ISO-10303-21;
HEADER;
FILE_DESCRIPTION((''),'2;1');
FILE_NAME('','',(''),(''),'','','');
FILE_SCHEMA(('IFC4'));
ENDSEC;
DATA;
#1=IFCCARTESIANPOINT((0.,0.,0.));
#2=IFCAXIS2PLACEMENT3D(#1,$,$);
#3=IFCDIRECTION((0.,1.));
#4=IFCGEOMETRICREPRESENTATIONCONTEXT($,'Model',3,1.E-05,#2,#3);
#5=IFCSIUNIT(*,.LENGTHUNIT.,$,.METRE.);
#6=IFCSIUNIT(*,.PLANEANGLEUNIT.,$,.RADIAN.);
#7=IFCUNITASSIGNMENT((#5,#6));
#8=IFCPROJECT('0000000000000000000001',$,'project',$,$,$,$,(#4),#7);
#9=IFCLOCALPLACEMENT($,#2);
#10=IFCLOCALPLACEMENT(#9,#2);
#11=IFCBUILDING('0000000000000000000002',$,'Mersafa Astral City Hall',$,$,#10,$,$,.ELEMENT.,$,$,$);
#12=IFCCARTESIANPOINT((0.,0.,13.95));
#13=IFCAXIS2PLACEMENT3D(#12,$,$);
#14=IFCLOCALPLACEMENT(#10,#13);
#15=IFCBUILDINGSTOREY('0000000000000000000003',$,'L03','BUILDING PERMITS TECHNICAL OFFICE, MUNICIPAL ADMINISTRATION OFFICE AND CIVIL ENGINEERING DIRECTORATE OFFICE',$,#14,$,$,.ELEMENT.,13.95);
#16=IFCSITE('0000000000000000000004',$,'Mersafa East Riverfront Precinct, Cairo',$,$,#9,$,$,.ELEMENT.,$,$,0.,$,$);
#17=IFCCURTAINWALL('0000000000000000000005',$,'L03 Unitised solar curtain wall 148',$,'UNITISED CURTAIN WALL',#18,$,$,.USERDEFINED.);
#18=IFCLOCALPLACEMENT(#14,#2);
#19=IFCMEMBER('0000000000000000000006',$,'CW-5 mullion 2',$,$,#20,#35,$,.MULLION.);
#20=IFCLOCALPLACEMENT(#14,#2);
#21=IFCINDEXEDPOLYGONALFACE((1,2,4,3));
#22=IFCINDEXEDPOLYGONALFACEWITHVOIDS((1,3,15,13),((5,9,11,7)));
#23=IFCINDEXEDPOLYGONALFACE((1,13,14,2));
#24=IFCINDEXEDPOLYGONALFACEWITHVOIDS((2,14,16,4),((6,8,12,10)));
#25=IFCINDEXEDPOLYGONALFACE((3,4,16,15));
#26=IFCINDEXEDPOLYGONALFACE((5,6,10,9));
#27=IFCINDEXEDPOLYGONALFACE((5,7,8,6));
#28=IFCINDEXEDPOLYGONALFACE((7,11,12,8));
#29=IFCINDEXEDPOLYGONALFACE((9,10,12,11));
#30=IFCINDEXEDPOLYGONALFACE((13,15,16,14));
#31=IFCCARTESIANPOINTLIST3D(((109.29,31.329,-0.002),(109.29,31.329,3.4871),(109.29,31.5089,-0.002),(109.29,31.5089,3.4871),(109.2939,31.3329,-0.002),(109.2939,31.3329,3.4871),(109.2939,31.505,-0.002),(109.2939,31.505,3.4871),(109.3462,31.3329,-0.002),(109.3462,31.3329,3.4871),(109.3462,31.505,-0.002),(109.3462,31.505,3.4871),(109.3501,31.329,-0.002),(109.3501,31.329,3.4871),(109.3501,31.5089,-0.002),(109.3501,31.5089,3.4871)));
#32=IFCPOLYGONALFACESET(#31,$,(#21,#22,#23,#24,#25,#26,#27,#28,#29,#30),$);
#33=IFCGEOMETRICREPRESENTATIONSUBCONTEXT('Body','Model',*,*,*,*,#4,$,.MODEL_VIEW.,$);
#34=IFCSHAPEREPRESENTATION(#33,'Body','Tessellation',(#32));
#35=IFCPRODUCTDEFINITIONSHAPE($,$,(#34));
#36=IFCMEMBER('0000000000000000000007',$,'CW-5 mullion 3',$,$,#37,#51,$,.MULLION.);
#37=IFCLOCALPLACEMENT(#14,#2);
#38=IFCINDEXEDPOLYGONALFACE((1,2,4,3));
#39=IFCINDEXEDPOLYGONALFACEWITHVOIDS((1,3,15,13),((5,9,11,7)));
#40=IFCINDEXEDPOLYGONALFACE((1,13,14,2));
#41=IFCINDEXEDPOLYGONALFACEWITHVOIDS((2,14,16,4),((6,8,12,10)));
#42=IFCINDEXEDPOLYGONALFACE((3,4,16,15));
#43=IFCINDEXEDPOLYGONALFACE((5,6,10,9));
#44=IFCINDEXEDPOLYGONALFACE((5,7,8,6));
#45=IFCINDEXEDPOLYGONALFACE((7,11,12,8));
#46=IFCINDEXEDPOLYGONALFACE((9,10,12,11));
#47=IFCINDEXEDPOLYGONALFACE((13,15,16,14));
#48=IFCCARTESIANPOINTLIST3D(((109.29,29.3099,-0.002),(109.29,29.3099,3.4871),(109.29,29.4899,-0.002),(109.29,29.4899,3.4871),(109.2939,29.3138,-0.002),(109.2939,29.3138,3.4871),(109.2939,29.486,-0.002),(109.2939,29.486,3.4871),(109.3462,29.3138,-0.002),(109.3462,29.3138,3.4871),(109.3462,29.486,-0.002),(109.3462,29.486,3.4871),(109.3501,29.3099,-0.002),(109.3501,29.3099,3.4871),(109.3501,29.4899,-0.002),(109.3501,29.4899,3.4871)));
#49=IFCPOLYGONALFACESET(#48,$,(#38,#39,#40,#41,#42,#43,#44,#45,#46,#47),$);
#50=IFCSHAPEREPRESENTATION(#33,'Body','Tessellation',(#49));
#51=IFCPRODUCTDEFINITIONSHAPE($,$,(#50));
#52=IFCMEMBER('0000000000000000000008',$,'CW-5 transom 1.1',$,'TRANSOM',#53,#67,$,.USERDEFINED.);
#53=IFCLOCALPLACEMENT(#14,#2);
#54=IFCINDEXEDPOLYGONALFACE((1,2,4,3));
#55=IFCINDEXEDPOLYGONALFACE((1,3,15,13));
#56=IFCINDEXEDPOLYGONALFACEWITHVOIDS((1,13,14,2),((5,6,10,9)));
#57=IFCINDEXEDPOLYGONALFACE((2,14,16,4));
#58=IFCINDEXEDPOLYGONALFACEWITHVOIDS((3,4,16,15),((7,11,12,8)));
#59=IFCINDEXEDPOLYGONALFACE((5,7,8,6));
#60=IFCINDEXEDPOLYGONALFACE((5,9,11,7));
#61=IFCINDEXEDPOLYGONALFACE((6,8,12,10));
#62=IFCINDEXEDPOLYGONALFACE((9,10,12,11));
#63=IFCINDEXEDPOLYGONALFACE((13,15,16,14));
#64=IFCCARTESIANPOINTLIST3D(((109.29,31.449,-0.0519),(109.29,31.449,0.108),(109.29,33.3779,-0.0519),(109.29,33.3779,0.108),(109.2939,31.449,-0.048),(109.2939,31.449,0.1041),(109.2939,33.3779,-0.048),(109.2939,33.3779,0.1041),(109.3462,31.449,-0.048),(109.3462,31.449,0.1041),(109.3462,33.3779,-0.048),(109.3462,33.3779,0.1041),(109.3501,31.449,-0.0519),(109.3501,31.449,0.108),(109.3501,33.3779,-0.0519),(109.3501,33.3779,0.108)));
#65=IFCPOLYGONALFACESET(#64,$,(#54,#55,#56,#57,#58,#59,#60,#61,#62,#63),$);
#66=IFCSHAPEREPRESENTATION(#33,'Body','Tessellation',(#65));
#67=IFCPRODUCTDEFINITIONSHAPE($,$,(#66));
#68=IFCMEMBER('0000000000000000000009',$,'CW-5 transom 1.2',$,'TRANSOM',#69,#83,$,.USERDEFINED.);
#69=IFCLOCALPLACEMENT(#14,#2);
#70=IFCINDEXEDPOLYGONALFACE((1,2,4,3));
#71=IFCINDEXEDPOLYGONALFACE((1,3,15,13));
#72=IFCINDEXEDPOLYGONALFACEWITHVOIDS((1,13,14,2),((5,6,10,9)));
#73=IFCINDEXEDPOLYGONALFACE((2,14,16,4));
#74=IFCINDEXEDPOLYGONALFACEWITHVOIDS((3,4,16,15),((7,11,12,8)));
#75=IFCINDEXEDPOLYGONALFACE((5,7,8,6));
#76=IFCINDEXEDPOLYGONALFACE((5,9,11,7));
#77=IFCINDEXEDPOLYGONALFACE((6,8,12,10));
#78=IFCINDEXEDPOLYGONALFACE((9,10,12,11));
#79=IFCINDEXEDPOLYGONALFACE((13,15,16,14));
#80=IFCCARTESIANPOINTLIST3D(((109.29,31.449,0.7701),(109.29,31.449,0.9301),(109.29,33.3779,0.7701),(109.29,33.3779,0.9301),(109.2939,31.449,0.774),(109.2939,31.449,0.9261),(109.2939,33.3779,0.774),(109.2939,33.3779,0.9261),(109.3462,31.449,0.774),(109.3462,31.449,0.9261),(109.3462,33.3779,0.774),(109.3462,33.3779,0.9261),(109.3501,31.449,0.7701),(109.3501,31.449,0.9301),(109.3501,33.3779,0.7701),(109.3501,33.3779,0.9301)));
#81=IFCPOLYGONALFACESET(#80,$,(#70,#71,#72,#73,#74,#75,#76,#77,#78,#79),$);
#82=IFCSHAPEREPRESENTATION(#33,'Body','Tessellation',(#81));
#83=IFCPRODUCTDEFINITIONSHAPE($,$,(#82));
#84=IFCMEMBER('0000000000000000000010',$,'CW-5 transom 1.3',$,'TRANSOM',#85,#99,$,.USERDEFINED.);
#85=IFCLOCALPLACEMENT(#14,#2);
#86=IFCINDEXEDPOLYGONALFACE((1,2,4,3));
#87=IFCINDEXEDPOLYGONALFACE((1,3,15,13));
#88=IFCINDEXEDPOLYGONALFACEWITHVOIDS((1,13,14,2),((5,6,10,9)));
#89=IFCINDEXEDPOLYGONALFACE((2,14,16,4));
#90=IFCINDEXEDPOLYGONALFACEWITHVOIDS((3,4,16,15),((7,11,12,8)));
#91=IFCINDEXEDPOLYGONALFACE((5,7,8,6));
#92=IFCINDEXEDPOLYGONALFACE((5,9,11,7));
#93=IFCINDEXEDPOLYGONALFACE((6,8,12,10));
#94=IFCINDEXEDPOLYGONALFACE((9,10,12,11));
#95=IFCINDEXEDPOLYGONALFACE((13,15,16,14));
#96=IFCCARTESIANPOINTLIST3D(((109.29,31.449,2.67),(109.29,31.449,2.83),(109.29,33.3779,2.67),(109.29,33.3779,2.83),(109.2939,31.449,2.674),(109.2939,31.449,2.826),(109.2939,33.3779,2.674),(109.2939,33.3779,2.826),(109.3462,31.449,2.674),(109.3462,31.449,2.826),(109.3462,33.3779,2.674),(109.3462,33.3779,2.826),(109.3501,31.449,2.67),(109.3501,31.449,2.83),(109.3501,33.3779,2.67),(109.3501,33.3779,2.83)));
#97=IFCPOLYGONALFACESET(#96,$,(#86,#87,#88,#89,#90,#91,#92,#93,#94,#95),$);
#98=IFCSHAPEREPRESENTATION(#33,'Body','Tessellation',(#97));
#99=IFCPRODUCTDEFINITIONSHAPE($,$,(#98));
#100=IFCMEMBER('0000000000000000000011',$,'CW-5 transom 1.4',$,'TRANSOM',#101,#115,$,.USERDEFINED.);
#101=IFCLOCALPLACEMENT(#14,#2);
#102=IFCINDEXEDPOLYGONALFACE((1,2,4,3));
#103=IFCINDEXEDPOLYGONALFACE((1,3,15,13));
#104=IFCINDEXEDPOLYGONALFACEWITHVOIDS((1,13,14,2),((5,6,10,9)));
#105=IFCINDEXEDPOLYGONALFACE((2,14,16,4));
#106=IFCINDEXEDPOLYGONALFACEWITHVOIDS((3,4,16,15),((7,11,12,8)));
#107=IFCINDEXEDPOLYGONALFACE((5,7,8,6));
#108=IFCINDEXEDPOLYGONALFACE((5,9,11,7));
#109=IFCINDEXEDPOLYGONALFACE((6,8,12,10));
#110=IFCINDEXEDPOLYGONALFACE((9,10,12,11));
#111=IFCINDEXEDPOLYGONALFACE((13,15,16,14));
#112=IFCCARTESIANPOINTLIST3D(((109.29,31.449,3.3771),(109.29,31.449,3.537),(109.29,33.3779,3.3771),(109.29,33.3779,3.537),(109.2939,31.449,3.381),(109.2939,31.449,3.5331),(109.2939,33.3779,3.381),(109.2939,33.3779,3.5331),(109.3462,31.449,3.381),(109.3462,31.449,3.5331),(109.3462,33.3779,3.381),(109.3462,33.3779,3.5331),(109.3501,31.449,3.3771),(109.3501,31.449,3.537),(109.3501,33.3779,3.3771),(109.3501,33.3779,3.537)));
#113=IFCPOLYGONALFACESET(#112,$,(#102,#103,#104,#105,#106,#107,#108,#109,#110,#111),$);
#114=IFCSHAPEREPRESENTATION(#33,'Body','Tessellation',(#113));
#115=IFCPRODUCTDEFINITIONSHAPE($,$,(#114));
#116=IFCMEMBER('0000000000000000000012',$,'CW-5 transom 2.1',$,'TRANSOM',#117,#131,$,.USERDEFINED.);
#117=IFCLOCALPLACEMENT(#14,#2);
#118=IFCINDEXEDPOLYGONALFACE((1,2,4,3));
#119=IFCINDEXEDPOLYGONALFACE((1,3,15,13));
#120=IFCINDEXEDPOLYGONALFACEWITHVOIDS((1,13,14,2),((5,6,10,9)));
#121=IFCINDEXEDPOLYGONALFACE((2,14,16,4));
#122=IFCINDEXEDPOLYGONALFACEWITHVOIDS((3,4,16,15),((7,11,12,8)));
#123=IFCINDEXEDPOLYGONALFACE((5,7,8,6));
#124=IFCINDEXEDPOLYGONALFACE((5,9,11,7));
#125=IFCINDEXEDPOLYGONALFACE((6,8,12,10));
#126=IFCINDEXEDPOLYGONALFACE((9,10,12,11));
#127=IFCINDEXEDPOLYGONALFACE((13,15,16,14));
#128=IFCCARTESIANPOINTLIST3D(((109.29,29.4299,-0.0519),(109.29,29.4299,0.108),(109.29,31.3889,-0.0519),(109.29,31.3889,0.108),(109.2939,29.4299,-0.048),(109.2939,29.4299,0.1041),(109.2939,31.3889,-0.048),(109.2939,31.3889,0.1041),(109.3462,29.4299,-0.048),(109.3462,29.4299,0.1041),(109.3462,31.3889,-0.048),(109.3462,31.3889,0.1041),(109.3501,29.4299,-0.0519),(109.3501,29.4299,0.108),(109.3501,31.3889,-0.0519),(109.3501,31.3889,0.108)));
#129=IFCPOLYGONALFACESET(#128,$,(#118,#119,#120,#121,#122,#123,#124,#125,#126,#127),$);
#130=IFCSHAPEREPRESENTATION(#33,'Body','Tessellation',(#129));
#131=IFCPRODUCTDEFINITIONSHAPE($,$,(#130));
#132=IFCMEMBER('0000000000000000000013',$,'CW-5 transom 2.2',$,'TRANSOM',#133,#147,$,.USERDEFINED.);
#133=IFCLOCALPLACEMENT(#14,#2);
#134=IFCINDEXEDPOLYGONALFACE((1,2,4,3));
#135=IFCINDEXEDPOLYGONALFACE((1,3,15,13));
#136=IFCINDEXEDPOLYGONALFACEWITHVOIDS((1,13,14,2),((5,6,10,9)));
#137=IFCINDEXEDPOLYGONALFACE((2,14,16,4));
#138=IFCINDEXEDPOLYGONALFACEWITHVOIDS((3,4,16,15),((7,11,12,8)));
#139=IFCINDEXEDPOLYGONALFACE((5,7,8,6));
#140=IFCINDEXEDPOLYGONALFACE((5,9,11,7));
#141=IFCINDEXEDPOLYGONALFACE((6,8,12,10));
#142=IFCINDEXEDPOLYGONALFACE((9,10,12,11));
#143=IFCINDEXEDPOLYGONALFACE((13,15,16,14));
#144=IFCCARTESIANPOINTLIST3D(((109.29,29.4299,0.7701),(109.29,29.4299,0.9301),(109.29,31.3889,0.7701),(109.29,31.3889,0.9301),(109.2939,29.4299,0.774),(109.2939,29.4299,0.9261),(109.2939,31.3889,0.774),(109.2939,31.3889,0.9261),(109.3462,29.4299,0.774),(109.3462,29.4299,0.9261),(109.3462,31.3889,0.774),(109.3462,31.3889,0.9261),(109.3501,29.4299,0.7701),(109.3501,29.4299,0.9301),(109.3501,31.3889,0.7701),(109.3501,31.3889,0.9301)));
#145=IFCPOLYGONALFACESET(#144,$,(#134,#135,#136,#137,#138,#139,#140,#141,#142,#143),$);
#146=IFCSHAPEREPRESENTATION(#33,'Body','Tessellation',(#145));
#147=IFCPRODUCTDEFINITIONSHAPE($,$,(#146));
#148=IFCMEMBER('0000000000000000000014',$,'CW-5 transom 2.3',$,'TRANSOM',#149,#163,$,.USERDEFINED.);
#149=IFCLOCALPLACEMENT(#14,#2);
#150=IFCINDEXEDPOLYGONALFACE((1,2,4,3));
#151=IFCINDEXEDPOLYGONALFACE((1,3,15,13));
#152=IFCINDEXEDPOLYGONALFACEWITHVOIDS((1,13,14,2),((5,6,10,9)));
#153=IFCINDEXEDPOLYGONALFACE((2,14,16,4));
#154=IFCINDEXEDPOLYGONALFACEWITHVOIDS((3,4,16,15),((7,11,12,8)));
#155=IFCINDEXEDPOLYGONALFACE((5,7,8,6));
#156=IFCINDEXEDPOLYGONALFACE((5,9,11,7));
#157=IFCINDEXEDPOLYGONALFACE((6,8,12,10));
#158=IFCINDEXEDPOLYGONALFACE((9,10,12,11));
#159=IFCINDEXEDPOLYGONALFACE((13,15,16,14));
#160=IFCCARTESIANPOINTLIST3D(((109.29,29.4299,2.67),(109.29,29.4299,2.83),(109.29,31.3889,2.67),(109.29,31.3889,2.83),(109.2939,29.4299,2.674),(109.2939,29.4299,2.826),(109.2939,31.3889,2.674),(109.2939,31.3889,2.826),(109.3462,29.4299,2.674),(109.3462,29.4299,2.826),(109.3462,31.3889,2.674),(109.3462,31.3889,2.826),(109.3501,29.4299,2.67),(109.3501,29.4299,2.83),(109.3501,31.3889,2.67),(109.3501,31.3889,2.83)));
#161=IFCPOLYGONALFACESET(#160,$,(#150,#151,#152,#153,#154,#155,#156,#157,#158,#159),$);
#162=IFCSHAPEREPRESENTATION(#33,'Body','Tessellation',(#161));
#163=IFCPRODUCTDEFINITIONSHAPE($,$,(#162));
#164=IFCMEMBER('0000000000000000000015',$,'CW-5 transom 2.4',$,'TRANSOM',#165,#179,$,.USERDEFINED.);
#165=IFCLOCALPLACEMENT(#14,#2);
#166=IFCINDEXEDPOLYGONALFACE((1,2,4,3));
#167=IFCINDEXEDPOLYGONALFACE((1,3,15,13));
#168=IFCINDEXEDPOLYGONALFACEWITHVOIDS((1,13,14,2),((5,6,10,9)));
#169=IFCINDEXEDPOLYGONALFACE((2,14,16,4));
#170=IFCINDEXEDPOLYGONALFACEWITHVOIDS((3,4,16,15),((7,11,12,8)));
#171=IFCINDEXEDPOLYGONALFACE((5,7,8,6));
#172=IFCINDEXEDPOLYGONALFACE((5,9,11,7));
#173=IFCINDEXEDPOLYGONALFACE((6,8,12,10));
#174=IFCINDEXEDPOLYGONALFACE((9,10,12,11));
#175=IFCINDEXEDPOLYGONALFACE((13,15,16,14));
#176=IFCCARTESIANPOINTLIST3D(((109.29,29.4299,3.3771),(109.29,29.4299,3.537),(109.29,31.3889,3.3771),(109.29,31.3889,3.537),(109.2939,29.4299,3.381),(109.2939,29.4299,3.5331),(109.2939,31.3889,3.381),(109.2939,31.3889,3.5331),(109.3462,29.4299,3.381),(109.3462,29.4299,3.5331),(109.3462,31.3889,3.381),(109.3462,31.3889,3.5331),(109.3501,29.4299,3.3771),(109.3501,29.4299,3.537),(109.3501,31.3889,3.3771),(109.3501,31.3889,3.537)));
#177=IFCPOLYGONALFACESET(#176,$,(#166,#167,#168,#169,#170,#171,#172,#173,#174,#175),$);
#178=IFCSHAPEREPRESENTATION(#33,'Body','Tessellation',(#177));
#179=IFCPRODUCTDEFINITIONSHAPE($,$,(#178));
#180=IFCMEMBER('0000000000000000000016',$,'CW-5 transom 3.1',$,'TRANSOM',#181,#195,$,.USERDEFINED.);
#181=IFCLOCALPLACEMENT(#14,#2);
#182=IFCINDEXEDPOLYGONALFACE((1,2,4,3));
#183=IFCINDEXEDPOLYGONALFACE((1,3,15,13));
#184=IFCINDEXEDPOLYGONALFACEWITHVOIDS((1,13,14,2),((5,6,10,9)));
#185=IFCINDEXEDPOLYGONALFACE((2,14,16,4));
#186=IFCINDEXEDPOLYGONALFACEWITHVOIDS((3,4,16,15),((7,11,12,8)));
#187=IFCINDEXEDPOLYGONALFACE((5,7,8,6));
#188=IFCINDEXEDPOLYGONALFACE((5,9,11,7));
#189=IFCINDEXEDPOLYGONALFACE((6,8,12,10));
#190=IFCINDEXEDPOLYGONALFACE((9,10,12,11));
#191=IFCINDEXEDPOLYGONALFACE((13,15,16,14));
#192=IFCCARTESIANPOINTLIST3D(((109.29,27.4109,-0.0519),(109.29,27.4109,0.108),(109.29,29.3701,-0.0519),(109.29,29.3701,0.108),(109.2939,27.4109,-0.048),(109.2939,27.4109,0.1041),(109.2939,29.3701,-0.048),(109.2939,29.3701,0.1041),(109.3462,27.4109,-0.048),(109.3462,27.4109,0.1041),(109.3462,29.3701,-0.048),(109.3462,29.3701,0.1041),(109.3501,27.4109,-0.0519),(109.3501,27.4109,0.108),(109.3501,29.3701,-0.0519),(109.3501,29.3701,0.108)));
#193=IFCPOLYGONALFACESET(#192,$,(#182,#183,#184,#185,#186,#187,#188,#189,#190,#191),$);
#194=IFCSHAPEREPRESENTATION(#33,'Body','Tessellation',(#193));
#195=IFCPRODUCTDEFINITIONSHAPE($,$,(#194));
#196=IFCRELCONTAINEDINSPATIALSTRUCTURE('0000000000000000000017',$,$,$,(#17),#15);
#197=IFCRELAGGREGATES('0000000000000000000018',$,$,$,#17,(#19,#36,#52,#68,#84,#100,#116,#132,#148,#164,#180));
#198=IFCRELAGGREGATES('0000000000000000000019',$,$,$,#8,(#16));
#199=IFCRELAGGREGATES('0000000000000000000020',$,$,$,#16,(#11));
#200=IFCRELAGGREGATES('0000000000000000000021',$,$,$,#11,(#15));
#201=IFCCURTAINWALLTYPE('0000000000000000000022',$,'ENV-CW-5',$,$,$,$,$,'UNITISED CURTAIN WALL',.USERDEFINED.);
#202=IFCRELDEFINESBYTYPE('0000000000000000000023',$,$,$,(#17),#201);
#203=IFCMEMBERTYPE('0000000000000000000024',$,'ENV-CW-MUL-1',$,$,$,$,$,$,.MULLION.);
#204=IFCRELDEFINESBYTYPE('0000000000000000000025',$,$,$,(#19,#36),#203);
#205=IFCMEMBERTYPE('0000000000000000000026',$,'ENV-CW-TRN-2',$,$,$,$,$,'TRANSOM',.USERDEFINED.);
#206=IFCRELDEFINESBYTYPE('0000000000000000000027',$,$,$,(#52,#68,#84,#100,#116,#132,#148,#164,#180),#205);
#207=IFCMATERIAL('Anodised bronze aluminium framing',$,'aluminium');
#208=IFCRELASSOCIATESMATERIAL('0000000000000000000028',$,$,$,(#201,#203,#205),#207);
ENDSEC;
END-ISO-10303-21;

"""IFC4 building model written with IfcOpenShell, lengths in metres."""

from ifc_helpers import new_model, si_unit, direction, frame, origin, origin_2d, place, context, subcontext, project, spatial, hollow_rectangle, extrude, material, material_profile, profile_set, type_object, element, aggregate, save


model = new_model("IFC4")

# Units and contexts
model_context = context("Model", 3, precision=1e-05, world=origin(), true_north=direction((0.0, 1.0)))
body_context = subcontext(model_context, "Body", "Model", "MODEL_VIEW")
ifc_project = project(units=[si_unit("LENGTHUNIT", "METRE"), si_unit("PLANEANGLEUNIT", "RADIAN")], contexts=[model_context])

# Site, building, storey
site_placement = place(None, origin())
site = spatial("IfcSite", under=ifc_project, at=site_placement, Name="Mersafa East Riverfront Precinct, Cairo", CompositionType="ELEMENT", RefElevation=0.0)
building_placement = place(site_placement, origin())
building = spatial("IfcBuilding", under=site, at=building_placement, Name="Mersafa Astral City Hall", CompositionType="ELEMENT")
storey_placement = place(building_placement, frame((0.0, 0.0, 13.95)))
storey = spatial("IfcBuildingStorey", under=building, at=storey_placement, Name="L03", Description="BUILDING PERMITS TECHNICAL OFFICE, MUNICIPAL ADMINISTRATION OFFICE AND CIVIL ENGINEERING DIRECTORATE OFFICE", CompositionType="ELEMENT", Elevation=13.95)

# Curtain wall, members
ifc_material_1 = material(Name="Anodised bronze aluminium framing", Category="aluminium")
curtain_wall_type = type_object("IfcCurtainWallType", Name="ENV-CW-5", ElementType="UNITISED CURTAIN WALL", PredefinedType="USERDEFINED", material=ifc_material_1)
curtain_wall_placement = place(storey_placement, origin())
curtain_wall = element("IfcCurtainWall", 1, at=curtain_wall_placement, inside=storey, type_object=curtain_wall_type, Name="L03 Unitised solar curtain wall 148", ObjectType="UNITISED CURTAIN WALL", PredefinedType="USERDEFINED")
ifc_material_profile_1 = material_profile(ifc_material_1, hollow_rectangle(XDim=0.0601, YDim=0.1799, WallThickness=0.0039, at=origin_2d()), Name="RHS 60x180x4")
ifc_profile_set_1 = profile_set([ifc_material_profile_1], Name="Anodised bronze aluminium framing")
member_type_1 = type_object("IfcMemberType", Name="ENV-CW-MUL-1", PredefinedType="MULLION", material=ifc_profile_set_1)
member_1_placement = place(storey_placement, frame((109.3201, 31.4189, -0.002), z_axis=(0.0, 0.0, 1.0), x_axis=(1.0, 0.0, 0.0)))
member_1 = element("IfcMember", 2, at=member_1_placement, type_object=member_type_1, Name="CW-5 mullion 2", PredefinedType="MULLION", context=body_context, shape_type="SweptSolid", body=[
    extrude(hollow_rectangle(XDim=0.0601, YDim=0.1799, WallThickness=0.0039, at=origin_2d()), origin(), (0.0, 0.0, 1.0), 3.489),
])
member_2_placement = place(storey_placement, frame((109.3201, 29.3999, -0.002), z_axis=(0.0, 0.0, 1.0), x_axis=(1.0, 0.0, 0.0)))
member_2 = element("IfcMember", 3, at=member_2_placement, type_object=member_type_1, Name="CW-5 mullion 3", PredefinedType="MULLION", context=body_context, shape_type="SweptSolid", body=[
    extrude(hollow_rectangle(XDim=0.0601, YDim=0.1799, WallThickness=0.0039, at=origin_2d()), origin(), (0.0, 0.0, 1.0), 3.489),
])
ifc_material_profile_2 = material_profile(ifc_material_1, hollow_rectangle(XDim=0.0601, YDim=0.1599, WallThickness=0.0039, at=origin_2d()), Name="RHS 60x160x4")
ifc_profile_set_2 = profile_set([ifc_material_profile_2], Name="Anodised bronze aluminium framing")
member_type_2 = type_object("IfcMemberType", Name="ENV-CW-TRN-2", ElementType="TRANSOM", PredefinedType="USERDEFINED", material=ifc_profile_set_2)
member_3_placement = place(storey_placement, frame((109.3201, 33.3779, 0.0281), z_axis=(0.0, -1.0, 0.0), x_axis=(1.0, 0.0, 0.0)))
member_3 = element("IfcMember", 4, at=member_3_placement, type_object=member_type_2, Name="CW-5 transom 1.1", ObjectType="TRANSOM", PredefinedType="USERDEFINED", context=body_context, shape_type="SweptSolid", body=[
    extrude(hollow_rectangle(XDim=0.0601, YDim=0.1599, WallThickness=0.0039, at=origin_2d()), origin(), (0.0, 0.0, 1.0), 1.929),
])
member_4_placement = place(storey_placement, frame((109.3201, 33.3779, 0.8501), z_axis=(0.0, -1.0, 0.0), x_axis=(1.0, 0.0, 0.0)))
member_4 = element("IfcMember", 5, at=member_4_placement, type_object=member_type_2, Name="CW-5 transom 1.2", ObjectType="TRANSOM", PredefinedType="USERDEFINED", context=body_context, shape_type="SweptSolid", body=[
    extrude(hollow_rectangle(XDim=0.0601, YDim=0.1599, WallThickness=0.0039, at=origin_2d()), origin(), (0.0, 0.0, 1.0), 1.929),
])
member_5_placement = place(storey_placement, frame((109.3201, 33.3779, 2.75), z_axis=(0.0, -1.0, 0.0), x_axis=(1.0, 0.0, 0.0)))
member_5 = element("IfcMember", 6, at=member_5_placement, type_object=member_type_2, Name="CW-5 transom 1.3", ObjectType="TRANSOM", PredefinedType="USERDEFINED", context=body_context, shape_type="SweptSolid", body=[
    extrude(hollow_rectangle(XDim=0.0601, YDim=0.1599, WallThickness=0.0039, at=origin_2d()), origin(), (0.0, 0.0, 1.0), 1.929),
])
member_6_placement = place(storey_placement, frame((109.3201, 33.3779, 3.457), z_axis=(0.0, -1.0, 0.0), x_axis=(1.0, 0.0, 0.0)))
member_6 = element("IfcMember", 7, at=member_6_placement, type_object=member_type_2, Name="CW-5 transom 1.4", ObjectType="TRANSOM", PredefinedType="USERDEFINED", context=body_context, shape_type="SweptSolid", body=[
    extrude(hollow_rectangle(XDim=0.0601, YDim=0.1599, WallThickness=0.0039, at=origin_2d()), origin(), (0.0, 0.0, 1.0), 1.929),
])
member_7_placement = place(storey_placement, frame((109.3201, 31.3889, 0.0281), z_axis=(0.0, -1.0, 0.0), x_axis=(1.0, 0.0, 0.0)))
member_7 = element("IfcMember", 8, at=member_7_placement, type_object=member_type_2, Name="CW-5 transom 2.1", ObjectType="TRANSOM", PredefinedType="USERDEFINED", context=body_context, shape_type="SweptSolid", body=[
    extrude(hollow_rectangle(XDim=0.0601, YDim=0.1599, WallThickness=0.0039, at=origin_2d()), origin(), (0.0, 0.0, 1.0), 1.959),
])
member_8_placement = place(storey_placement, frame((109.3201, 31.3889, 0.8501), z_axis=(0.0, -1.0, 0.0), x_axis=(1.0, 0.0, 0.0)))
member_8 = element("IfcMember", 9, at=member_8_placement, type_object=member_type_2, Name="CW-5 transom 2.2", ObjectType="TRANSOM", PredefinedType="USERDEFINED", context=body_context, shape_type="SweptSolid", body=[
    extrude(hollow_rectangle(XDim=0.0601, YDim=0.1599, WallThickness=0.0039, at=origin_2d()), origin(), (0.0, 0.0, 1.0), 1.959),
])
member_9_placement = place(storey_placement, frame((109.3201, 31.3889, 2.75), z_axis=(0.0, -1.0, 0.0), x_axis=(1.0, 0.0, 0.0)))
member_9 = element("IfcMember", 10, at=member_9_placement, type_object=member_type_2, Name="CW-5 transom 2.3", ObjectType="TRANSOM", PredefinedType="USERDEFINED", context=body_context, shape_type="SweptSolid", body=[
    extrude(hollow_rectangle(XDim=0.0601, YDim=0.1599, WallThickness=0.0039, at=origin_2d()), origin(), (0.0, 0.0, 1.0), 1.959),
])
member_10_placement = place(storey_placement, frame((109.3201, 31.3889, 3.457), z_axis=(0.0, -1.0, 0.0), x_axis=(1.0, 0.0, 0.0)))
member_10 = element("IfcMember", 11, at=member_10_placement, type_object=member_type_2, Name="CW-5 transom 2.4", ObjectType="TRANSOM", PredefinedType="USERDEFINED", context=body_context, shape_type="SweptSolid", body=[
    extrude(hollow_rectangle(XDim=0.0601, YDim=0.1599, WallThickness=0.0039, at=origin_2d()), origin(), (0.0, 0.0, 1.0), 1.959),
])
member_11_placement = place(storey_placement, frame((109.3201, 29.3701, 0.0281), z_axis=(0.0, -1.0, 0.0), x_axis=(1.0, 0.0, 0.0)))
member_11 = element("IfcMember", 12, at=member_11_placement, type_object=member_type_2, Name="CW-5 transom 3.1", ObjectType="TRANSOM", PredefinedType="USERDEFINED", context=body_context, shape_type="SweptSolid", body=[
    extrude(hollow_rectangle(XDim=0.0601, YDim=0.1599, WallThickness=0.0039, at=origin_2d()), origin(), (0.0, 0.0, 1.0), 1.9592),
])
aggregate(curtain_wall, [member_1, member_2, member_3, member_4, member_5, member_6, member_7, member_8, member_9, member_10, member_11])

save(model, "model.ifc")
